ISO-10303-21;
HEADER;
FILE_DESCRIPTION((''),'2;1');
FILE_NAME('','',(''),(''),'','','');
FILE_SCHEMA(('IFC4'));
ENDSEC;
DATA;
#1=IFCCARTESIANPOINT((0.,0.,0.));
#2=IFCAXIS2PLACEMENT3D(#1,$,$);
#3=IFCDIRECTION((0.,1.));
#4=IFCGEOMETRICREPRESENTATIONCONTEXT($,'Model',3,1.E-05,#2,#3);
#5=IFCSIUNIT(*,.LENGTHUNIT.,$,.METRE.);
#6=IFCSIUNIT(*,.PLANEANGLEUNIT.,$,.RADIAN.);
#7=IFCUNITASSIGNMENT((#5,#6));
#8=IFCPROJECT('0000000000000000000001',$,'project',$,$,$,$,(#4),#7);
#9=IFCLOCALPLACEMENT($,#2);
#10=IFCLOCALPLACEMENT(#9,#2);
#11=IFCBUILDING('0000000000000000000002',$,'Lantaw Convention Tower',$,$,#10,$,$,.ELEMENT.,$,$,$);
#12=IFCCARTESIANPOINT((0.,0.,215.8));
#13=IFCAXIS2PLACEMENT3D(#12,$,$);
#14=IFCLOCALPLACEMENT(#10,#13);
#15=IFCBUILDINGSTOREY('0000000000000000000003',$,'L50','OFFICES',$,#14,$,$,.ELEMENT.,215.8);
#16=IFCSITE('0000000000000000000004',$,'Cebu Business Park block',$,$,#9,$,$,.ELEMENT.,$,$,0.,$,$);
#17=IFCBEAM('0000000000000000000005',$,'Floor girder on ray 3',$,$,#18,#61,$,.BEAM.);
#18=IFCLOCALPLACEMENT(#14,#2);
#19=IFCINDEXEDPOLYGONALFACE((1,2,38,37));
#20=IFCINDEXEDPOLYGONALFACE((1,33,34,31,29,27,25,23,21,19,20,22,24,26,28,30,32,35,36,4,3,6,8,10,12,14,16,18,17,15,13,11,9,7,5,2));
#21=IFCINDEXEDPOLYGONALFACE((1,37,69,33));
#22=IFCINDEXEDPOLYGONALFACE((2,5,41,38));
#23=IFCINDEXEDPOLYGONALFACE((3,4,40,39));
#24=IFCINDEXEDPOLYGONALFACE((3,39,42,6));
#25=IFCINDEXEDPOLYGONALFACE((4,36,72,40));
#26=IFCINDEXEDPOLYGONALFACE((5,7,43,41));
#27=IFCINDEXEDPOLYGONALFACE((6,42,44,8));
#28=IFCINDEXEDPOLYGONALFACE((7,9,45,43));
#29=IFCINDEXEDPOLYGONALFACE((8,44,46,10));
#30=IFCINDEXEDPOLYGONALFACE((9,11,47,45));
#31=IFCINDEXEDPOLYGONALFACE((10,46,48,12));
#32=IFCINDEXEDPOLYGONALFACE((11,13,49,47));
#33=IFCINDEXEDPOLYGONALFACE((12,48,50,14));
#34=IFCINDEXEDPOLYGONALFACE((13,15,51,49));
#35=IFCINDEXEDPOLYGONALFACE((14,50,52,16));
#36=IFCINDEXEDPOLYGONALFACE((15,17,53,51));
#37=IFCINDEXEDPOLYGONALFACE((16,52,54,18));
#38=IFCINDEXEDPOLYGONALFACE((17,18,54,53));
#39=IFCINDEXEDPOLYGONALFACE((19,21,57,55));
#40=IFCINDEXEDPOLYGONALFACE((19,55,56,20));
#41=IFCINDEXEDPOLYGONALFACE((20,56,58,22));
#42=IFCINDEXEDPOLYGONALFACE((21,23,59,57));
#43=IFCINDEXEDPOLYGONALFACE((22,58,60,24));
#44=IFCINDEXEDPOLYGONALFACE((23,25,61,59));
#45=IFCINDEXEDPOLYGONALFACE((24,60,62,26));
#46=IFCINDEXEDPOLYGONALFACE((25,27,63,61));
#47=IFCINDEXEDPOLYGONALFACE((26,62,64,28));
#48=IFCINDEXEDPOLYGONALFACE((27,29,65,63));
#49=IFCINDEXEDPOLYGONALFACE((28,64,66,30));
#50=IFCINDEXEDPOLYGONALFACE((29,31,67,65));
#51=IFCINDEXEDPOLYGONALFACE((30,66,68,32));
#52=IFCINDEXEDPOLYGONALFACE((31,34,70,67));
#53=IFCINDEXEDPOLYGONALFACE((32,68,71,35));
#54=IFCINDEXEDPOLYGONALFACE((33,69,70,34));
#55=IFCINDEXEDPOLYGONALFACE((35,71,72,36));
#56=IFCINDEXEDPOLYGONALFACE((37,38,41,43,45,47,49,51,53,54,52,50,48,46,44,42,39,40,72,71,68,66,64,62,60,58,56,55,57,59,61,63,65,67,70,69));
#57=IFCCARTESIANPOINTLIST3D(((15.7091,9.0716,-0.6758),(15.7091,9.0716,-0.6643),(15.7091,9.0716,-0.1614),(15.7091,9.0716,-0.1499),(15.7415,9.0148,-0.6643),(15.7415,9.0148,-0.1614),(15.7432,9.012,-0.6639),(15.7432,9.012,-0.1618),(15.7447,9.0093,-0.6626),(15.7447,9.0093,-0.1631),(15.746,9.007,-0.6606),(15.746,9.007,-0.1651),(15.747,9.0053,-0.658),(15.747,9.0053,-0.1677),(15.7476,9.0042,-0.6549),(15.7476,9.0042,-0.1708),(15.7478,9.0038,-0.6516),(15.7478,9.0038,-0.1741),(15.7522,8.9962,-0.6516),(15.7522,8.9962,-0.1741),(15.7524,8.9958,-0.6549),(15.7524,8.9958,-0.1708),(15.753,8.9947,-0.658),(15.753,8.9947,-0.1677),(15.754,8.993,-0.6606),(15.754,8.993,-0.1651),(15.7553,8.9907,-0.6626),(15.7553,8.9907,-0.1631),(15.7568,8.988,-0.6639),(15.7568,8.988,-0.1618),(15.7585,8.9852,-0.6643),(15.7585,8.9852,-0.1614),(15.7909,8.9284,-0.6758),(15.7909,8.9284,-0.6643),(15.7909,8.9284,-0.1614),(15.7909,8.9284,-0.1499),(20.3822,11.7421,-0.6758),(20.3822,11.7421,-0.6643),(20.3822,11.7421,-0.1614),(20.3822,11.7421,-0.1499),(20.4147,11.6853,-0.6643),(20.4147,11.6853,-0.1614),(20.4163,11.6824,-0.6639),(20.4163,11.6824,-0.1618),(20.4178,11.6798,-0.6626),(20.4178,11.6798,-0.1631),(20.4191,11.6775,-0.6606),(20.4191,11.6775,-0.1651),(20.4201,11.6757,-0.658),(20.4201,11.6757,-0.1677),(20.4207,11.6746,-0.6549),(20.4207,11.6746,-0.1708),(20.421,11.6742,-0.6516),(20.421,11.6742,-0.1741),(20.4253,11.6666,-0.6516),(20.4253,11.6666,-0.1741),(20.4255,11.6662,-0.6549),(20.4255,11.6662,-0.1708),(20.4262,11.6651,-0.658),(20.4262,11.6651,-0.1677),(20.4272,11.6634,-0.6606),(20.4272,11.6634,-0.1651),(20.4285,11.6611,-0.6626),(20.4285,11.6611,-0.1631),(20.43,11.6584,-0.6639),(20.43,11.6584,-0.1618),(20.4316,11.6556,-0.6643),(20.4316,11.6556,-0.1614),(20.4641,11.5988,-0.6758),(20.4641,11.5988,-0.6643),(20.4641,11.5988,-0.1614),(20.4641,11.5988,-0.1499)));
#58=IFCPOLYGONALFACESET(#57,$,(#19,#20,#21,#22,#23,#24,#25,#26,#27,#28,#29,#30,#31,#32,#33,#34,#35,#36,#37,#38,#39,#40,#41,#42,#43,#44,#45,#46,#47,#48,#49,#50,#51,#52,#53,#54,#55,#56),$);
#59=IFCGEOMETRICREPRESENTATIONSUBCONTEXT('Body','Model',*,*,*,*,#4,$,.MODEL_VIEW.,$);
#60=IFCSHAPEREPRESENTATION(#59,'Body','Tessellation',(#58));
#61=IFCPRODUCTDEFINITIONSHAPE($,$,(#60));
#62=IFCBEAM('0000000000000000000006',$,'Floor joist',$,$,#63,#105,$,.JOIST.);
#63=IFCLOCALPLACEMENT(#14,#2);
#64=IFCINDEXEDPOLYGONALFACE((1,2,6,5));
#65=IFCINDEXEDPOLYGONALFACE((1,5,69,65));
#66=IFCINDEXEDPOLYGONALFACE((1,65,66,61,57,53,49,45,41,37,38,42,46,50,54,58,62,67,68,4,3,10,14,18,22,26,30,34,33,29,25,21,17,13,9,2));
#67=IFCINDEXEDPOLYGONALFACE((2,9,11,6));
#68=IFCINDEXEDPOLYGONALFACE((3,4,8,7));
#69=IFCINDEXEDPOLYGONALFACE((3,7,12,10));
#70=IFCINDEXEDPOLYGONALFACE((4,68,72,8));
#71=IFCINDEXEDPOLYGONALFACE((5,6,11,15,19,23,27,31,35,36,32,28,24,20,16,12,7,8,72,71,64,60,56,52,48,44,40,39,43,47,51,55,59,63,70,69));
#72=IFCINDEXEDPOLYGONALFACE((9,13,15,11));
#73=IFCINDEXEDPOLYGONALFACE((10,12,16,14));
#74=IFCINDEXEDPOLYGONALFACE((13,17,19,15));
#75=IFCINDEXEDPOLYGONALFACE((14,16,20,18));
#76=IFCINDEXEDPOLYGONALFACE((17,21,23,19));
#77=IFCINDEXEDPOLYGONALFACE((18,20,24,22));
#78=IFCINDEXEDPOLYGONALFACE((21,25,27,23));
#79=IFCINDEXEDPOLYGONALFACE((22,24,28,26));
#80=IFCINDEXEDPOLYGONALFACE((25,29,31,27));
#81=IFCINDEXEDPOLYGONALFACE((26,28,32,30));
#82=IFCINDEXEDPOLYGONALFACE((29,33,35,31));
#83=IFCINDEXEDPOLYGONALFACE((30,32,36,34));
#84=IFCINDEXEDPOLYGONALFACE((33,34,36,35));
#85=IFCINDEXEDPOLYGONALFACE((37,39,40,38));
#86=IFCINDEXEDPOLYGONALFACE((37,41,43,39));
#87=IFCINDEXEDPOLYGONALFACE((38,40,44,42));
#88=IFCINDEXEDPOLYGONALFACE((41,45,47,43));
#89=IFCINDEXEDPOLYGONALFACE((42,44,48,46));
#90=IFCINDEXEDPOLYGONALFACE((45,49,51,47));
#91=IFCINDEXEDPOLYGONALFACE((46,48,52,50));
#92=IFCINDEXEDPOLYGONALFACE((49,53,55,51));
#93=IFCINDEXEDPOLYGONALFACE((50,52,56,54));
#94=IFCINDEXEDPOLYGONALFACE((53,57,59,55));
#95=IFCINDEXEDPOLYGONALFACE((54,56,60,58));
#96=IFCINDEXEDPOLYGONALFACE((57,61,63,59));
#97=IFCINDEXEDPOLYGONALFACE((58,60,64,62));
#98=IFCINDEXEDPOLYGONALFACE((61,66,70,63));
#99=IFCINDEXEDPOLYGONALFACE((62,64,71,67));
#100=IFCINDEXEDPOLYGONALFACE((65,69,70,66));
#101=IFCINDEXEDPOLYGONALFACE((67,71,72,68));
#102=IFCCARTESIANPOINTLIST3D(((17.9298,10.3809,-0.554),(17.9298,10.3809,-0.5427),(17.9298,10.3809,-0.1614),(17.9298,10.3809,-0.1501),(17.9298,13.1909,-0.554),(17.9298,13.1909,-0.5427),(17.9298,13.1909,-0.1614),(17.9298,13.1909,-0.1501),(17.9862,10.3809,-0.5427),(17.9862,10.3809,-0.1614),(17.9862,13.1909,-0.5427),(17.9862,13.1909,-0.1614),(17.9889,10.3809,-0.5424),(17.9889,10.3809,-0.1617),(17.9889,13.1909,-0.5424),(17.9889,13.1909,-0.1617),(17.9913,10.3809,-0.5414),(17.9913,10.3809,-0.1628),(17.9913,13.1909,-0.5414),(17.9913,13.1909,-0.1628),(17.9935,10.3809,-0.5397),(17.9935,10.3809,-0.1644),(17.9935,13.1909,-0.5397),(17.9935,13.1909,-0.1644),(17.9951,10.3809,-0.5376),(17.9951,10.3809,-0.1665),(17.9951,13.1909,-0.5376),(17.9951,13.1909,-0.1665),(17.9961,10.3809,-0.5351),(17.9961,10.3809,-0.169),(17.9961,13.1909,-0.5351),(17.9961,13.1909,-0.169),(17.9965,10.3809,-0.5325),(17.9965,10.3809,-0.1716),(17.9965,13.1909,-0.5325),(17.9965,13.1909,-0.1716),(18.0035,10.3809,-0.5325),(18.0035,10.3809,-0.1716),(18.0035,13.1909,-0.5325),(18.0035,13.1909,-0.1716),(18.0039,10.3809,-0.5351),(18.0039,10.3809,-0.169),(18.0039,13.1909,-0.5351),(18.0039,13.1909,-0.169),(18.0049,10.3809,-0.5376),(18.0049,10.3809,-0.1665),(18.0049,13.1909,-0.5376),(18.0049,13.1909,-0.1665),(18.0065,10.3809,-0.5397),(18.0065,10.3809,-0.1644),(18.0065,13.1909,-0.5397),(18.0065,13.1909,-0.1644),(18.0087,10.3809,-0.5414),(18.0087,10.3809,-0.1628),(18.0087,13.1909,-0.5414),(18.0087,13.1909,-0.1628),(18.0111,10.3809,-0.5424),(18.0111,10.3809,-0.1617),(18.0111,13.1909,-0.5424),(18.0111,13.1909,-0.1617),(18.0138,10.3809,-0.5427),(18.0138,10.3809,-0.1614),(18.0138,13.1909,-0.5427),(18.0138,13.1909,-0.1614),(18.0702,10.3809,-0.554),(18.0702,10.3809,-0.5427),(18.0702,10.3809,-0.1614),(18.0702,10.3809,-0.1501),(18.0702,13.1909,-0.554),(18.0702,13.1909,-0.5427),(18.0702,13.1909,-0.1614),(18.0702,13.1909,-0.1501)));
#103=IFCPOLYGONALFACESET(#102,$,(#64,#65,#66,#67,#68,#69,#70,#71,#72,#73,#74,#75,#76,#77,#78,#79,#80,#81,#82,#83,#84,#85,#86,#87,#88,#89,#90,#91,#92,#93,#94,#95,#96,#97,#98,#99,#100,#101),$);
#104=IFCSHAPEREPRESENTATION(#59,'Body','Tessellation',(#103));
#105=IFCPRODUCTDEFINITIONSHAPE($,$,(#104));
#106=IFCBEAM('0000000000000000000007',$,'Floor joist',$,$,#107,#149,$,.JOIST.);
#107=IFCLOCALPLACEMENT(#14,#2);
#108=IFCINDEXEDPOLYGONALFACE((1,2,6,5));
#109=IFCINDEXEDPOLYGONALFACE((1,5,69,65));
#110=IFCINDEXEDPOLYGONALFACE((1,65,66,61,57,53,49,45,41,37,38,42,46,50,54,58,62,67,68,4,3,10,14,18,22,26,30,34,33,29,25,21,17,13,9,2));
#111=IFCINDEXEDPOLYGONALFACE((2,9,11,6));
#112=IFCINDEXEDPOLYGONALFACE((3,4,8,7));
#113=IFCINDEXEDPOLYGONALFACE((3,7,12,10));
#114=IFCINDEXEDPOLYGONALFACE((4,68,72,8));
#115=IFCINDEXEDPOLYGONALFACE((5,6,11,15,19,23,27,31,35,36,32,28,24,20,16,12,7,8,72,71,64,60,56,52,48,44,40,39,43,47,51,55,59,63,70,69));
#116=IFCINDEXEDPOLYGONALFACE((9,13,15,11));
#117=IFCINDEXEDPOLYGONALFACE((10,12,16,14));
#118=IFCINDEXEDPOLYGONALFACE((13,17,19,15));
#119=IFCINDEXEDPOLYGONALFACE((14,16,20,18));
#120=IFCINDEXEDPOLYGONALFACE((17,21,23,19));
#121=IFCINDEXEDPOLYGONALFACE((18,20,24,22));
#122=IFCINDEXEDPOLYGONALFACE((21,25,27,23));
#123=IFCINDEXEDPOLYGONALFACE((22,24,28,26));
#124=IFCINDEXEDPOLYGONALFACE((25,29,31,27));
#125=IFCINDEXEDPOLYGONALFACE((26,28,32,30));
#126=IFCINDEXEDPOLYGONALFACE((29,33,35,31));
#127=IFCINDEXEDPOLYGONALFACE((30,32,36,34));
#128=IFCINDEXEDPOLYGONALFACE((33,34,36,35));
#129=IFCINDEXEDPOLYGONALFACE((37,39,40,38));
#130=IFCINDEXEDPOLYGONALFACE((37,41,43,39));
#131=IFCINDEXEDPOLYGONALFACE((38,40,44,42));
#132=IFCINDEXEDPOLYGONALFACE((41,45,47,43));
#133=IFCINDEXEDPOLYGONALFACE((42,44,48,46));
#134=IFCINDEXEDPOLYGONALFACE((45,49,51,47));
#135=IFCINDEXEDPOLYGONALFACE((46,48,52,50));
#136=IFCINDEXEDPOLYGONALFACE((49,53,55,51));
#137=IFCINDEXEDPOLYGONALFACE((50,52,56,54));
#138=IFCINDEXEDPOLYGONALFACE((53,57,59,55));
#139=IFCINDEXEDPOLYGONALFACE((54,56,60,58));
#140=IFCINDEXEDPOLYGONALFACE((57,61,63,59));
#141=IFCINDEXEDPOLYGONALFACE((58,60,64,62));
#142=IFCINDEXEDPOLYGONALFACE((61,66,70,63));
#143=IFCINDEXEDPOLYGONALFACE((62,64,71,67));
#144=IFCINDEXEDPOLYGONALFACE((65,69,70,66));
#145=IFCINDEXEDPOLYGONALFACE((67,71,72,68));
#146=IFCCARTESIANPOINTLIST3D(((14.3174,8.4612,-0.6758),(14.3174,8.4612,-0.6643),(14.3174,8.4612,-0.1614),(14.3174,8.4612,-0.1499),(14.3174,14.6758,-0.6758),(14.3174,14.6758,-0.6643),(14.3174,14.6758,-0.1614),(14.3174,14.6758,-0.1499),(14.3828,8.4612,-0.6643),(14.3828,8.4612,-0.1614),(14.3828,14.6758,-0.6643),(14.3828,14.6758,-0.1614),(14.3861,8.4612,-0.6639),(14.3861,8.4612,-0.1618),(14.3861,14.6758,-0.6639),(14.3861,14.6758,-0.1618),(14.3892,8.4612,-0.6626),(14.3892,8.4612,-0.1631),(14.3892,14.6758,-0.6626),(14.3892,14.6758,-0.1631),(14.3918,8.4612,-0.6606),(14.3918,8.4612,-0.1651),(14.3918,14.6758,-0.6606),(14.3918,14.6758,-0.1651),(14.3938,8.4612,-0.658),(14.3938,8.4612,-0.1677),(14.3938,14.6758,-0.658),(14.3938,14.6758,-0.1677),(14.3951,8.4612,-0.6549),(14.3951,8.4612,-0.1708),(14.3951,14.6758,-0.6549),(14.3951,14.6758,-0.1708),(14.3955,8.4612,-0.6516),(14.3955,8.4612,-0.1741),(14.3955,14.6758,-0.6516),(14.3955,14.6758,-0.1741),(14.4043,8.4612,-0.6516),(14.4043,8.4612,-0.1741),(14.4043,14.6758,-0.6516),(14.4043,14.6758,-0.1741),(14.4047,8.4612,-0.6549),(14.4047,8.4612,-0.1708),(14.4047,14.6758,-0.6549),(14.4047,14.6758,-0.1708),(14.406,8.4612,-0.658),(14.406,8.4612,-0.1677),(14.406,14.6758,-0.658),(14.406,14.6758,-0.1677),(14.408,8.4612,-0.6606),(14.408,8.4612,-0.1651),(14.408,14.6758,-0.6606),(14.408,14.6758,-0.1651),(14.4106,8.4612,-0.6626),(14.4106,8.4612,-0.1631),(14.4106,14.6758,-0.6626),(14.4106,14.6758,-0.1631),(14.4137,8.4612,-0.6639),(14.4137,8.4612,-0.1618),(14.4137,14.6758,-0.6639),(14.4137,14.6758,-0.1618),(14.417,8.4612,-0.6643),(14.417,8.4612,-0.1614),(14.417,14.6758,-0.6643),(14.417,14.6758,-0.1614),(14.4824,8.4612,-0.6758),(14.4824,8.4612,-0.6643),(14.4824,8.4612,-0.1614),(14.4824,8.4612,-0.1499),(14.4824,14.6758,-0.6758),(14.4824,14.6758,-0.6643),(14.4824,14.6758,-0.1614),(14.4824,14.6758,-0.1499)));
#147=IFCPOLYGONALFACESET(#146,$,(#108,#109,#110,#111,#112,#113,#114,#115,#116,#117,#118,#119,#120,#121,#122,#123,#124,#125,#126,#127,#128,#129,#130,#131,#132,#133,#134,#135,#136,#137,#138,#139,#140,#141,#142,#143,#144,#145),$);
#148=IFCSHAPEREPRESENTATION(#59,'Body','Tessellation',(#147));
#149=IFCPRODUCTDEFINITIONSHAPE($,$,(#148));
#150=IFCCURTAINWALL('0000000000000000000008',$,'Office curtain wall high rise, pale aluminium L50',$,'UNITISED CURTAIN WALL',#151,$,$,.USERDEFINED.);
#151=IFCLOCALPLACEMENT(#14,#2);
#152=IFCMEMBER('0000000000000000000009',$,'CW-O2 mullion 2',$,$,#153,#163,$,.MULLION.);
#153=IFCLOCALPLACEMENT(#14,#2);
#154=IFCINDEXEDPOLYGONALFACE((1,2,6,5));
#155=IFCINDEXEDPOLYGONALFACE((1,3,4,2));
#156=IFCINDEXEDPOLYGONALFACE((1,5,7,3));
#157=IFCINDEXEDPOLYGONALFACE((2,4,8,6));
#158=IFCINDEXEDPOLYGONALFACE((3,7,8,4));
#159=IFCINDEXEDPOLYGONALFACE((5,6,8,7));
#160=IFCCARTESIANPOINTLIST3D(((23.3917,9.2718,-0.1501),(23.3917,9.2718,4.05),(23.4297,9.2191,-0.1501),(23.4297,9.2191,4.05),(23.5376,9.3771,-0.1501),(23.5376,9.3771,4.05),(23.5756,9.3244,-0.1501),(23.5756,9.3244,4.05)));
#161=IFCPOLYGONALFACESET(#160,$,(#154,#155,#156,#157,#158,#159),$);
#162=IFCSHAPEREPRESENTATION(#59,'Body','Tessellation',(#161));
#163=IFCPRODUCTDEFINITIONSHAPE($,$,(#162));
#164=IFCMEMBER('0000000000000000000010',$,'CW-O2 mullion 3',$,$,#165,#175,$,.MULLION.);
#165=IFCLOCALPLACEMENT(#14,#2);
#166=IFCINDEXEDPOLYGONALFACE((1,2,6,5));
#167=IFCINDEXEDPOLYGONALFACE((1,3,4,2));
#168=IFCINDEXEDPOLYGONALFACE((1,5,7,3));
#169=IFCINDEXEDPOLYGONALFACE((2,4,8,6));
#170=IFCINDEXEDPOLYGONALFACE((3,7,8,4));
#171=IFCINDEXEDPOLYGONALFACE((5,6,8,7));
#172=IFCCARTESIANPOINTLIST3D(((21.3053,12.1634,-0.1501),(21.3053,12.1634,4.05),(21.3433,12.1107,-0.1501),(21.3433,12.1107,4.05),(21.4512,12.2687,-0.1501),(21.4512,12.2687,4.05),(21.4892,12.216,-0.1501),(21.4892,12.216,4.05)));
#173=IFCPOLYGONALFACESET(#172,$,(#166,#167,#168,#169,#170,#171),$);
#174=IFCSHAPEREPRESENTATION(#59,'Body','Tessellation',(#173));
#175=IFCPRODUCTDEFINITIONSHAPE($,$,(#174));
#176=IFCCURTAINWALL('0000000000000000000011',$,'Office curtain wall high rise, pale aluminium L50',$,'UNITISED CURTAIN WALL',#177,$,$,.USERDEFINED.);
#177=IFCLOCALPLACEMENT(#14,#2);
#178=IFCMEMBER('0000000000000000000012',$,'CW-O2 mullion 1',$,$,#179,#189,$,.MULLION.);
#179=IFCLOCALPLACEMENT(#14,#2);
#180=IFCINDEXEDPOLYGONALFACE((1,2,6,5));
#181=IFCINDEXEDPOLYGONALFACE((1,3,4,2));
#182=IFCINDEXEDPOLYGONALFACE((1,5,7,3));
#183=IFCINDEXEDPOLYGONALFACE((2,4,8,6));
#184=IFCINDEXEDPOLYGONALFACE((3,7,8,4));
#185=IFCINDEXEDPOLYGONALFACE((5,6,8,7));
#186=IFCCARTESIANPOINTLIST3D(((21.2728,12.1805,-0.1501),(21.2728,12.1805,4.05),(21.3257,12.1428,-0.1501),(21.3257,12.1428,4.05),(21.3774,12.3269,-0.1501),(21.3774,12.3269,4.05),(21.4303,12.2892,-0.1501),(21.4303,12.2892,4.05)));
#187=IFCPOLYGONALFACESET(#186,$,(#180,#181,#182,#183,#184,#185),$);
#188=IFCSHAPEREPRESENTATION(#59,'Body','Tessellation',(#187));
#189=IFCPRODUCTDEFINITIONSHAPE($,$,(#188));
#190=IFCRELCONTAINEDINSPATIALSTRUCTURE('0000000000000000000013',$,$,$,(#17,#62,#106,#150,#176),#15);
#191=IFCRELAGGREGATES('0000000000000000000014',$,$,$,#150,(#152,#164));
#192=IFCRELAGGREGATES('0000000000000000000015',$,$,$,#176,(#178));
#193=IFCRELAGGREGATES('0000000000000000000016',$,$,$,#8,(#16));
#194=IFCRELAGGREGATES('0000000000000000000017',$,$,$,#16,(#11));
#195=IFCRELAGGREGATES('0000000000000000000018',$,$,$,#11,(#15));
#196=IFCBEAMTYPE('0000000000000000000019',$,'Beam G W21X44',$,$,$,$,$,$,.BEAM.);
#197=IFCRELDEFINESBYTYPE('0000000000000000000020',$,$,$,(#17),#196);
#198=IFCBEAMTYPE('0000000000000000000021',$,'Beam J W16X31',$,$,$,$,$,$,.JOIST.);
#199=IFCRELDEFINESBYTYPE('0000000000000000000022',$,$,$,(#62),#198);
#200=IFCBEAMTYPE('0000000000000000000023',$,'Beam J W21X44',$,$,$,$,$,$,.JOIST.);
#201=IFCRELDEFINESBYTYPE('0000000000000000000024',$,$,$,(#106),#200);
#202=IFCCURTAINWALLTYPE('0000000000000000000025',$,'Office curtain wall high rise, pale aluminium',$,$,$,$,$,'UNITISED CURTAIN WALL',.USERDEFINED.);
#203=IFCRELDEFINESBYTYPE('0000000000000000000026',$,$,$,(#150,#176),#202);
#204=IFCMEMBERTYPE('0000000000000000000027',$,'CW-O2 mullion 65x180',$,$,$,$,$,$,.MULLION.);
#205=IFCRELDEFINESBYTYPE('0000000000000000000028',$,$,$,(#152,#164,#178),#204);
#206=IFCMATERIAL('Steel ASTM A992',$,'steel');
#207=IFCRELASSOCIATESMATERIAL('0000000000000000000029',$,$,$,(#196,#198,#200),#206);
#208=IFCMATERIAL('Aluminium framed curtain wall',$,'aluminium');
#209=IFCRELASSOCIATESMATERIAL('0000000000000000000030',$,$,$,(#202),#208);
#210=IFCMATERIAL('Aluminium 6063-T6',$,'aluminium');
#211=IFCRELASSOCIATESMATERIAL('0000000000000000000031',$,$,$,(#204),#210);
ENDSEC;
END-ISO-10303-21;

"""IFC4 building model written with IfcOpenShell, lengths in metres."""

from ifc_helpers import new_model, si_unit, direction, frame, origin, origin_2d, place, context, subcontext, project, spatial, rectangle, i_section, extrude, material, material_profile, profile_set, type_object, element, aggregate, save


model = new_model("IFC4")

# Units and contexts
model_context = context("Model", 3, precision=1e-05, world=origin(), true_north=direction((0.0, 1.0)))
body_context = subcontext(model_context, "Body", "Model", "MODEL_VIEW")
ifc_project = project(units=[si_unit("LENGTHUNIT", "METRE"), si_unit("PLANEANGLEUNIT", "RADIAN")], contexts=[model_context])

# Site, building, storey
site_placement = place(None, origin())
site = spatial("IfcSite", under=ifc_project, at=site_placement, Name="Cebu Business Park block", CompositionType="ELEMENT", RefElevation=0.0)
building_placement = place(site_placement, origin())
building = spatial("IfcBuilding", under=site, at=building_placement, Name="Lantaw Convention Tower", CompositionType="ELEMENT")
storey_placement = place(building_placement, frame((0.0, 0.0, 215.8)))
storey = spatial("IfcBuildingStorey", under=building, at=storey_placement, Name="L50", Description="OFFICES", CompositionType="ELEMENT", Elevation=215.8)

# Beams
ifc_material_1 = material(Name="Steel ASTM A992", Category="steel")
ifc_material_profile_1 = material_profile(ifc_material_1, i_section(OverallWidth=0.165, OverallDepth=0.5259, WebThickness=0.0088, FlangeThickness=0.0115, FilletRadius=0.0127, at=origin_2d()), Name="W21X44")
ifc_profile_set_1 = profile_set([ifc_material_profile_1], Name="Steel ASTM A992")
beam_type_1 = type_object("IfcBeamType", Name="Beam G W21X44", PredefinedType="BEAM", material=ifc_profile_set_1)
beam_1_placement = place(storey_placement, frame((15.75, 9.0, -0.4128), z_axis=(0.868238, 0.496149, 0.0), x_axis=(-0.496149, 0.868238, 0.0)))
element("IfcBeam", 1, at=beam_1_placement, inside=storey, type_object=beam_type_1, Name="Floor girder on ray 3", PredefinedType="BEAM", context=body_context, shape_type="SweptSolid", body=[
    extrude(i_section(OverallWidth=0.165, OverallDepth=0.5259, WebThickness=0.0088, FlangeThickness=0.0115, FilletRadius=0.0127, at=origin_2d()), origin(), (0.0, 0.0, 1.0), 5.3823),
])
ifc_material_profile_2 = material_profile(ifc_material_1, i_section(OverallWidth=0.1404, OverallDepth=0.4038, WebThickness=0.0071, FlangeThickness=0.0112, FilletRadius=0.0103, at=origin_2d()), Name="W16X31")
ifc_profile_set_2 = profile_set([ifc_material_profile_2], Name="Steel ASTM A992")
beam_type_2 = type_object("IfcBeamType", Name="Beam J W16X31", PredefinedType="JOIST", material=ifc_profile_set_2)
beam_2_placement = place(storey_placement, frame((18.0, 10.3809, -0.3521), z_axis=(0.0, 1.0, 0.0), x_axis=(-1.0, 0.0, 0.0)))
element("IfcBeam", 2, at=beam_2_placement, inside=storey, type_object=beam_type_2, Name="Floor joist", PredefinedType="JOIST", context=body_context, shape_type="SweptSolid", body=[
    extrude(i_section(OverallWidth=0.1404, OverallDepth=0.4038, WebThickness=0.0071, FlangeThickness=0.0112, FilletRadius=0.0103, at=origin_2d()), origin(), (0.0, 0.0, 1.0), 2.8101),
])
ifc_material_profile_3 = material_profile(ifc_material_1, i_section(OverallWidth=0.165, OverallDepth=0.5259, WebThickness=0.0088, FlangeThickness=0.0115, FilletRadius=0.0127, at=origin_2d()), Name="W21X44")
ifc_profile_set_3 = profile_set([ifc_material_profile_3], Name="Steel ASTM A992")
beam_type_3 = type_object("IfcBeamType", Name="Beam J W21X44", PredefinedType="JOIST", material=ifc_profile_set_3)
beam_3_placement = place(storey_placement, frame((14.3999, 8.4612, -0.4128), z_axis=(0.0, 1.0, 0.0), x_axis=(-1.0, 0.0, 0.0)))
element("IfcBeam", 3, at=beam_3_placement, inside=storey, type_object=beam_type_3, Name="Floor joist", PredefinedType="JOIST", context=body_context, shape_type="SweptSolid", body=[
    extrude(i_section(OverallWidth=0.165, OverallDepth=0.5259, WebThickness=0.0088, FlangeThickness=0.0115, FilletRadius=0.0127, at=origin_2d()), origin(), (0.0, 0.0, 1.0), 6.2146),
])

# Curtain walls, members
ifc_material_2 = material(Name="Aluminium framed curtain wall", Category="aluminium")
curtain_wall_type = type_object("IfcCurtainWallType", Name="Office curtain wall high rise, pale aluminium", ElementType="UNITISED CURTAIN WALL", PredefinedType="USERDEFINED", material=ifc_material_2)
curtain_wall_1_placement = place(storey_placement, origin())
curtain_wall_1 = element("IfcCurtainWall", 4, at=curtain_wall_1_placement, inside=storey, type_object=curtain_wall_type, Name="Office curtain wall high rise, pale aluminium L50", ObjectType="UNITISED CURTAIN WALL", PredefinedType="USERDEFINED")
ifc_material_3 = material(Name="Aluminium 6063-T6", Category="aluminium")
ifc_material_profile_4 = material_profile(ifc_material_3, rectangle(XDim=0.1799, YDim=0.0649, at=origin_2d()), Name="CW-O2 mullion 65x180")
ifc_profile_set_4 = profile_set([ifc_material_profile_4], Name="Aluminium 6063-T6")
member_type_1 = type_object("IfcMemberType", Name="CW-O2 mullion 65x180", PredefinedType="MULLION", material=ifc_profile_set_4)
member_1_placement = place(storey_placement, frame((23.4836, 9.2981, -0.1501), z_axis=(0.0, 0.0, 1.0), x_axis=(-0.81092, -0.585158, 0.0)))
member_1 = element("IfcMember", 5, at=member_1_placement, type_object=member_type_1, Name="CW-O2 mullion 2", PredefinedType="MULLION", context=body_context, shape_type="SweptSolid", body=[
    extrude(rectangle(XDim=0.1799, YDim=0.0649, at=origin_2d()), origin(), (0.0, 0.0, 1.0), 4.2002),
])
member_2_placement = place(storey_placement, frame((21.3972, 12.1897, -0.1501), z_axis=(0.0, 0.0, 1.0), x_axis=(-0.81092, -0.585158, 0.0)))
member_2 = element("IfcMember", 6, at=member_2_placement, type_object=member_type_1, Name="CW-O2 mullion 3", PredefinedType="MULLION", context=body_context, shape_type="SweptSolid", body=[
    extrude(rectangle(XDim=0.1799, YDim=0.0649, at=origin_2d()), origin(), (0.0, 0.0, 1.0), 4.2002),
])
curtain_wall_2_placement = place(storey_placement, origin())
curtain_wall_2 = element("IfcCurtainWall", 7, at=curtain_wall_2_placement, inside=storey, type_object=curtain_wall_type, Name="Office curtain wall high rise, pale aluminium L50", ObjectType="UNITISED CURTAIN WALL", PredefinedType="USERDEFINED")
member_3_placement = place(storey_placement, frame((21.3516, 12.2349, -0.1501), z_axis=(0.0, 0.0, 1.0), x_axis=(-0.581323, -0.813673, 0.0)))
member_3 = element("IfcMember", 8, at=member_3_placement, type_object=member_type_1, Name="CW-O2 mullion 1", PredefinedType="MULLION", context=body_context, shape_type="SweptSolid", body=[
    extrude(rectangle(XDim=0.1799, YDim=0.0649, at=origin_2d()), origin(), (0.0, 0.0, 1.0), 4.2002),
])

aggregate(curtain_wall_1, [member_1, member_2])
aggregate(curtain_wall_2, [member_3])

save(model, "model.ifc")
